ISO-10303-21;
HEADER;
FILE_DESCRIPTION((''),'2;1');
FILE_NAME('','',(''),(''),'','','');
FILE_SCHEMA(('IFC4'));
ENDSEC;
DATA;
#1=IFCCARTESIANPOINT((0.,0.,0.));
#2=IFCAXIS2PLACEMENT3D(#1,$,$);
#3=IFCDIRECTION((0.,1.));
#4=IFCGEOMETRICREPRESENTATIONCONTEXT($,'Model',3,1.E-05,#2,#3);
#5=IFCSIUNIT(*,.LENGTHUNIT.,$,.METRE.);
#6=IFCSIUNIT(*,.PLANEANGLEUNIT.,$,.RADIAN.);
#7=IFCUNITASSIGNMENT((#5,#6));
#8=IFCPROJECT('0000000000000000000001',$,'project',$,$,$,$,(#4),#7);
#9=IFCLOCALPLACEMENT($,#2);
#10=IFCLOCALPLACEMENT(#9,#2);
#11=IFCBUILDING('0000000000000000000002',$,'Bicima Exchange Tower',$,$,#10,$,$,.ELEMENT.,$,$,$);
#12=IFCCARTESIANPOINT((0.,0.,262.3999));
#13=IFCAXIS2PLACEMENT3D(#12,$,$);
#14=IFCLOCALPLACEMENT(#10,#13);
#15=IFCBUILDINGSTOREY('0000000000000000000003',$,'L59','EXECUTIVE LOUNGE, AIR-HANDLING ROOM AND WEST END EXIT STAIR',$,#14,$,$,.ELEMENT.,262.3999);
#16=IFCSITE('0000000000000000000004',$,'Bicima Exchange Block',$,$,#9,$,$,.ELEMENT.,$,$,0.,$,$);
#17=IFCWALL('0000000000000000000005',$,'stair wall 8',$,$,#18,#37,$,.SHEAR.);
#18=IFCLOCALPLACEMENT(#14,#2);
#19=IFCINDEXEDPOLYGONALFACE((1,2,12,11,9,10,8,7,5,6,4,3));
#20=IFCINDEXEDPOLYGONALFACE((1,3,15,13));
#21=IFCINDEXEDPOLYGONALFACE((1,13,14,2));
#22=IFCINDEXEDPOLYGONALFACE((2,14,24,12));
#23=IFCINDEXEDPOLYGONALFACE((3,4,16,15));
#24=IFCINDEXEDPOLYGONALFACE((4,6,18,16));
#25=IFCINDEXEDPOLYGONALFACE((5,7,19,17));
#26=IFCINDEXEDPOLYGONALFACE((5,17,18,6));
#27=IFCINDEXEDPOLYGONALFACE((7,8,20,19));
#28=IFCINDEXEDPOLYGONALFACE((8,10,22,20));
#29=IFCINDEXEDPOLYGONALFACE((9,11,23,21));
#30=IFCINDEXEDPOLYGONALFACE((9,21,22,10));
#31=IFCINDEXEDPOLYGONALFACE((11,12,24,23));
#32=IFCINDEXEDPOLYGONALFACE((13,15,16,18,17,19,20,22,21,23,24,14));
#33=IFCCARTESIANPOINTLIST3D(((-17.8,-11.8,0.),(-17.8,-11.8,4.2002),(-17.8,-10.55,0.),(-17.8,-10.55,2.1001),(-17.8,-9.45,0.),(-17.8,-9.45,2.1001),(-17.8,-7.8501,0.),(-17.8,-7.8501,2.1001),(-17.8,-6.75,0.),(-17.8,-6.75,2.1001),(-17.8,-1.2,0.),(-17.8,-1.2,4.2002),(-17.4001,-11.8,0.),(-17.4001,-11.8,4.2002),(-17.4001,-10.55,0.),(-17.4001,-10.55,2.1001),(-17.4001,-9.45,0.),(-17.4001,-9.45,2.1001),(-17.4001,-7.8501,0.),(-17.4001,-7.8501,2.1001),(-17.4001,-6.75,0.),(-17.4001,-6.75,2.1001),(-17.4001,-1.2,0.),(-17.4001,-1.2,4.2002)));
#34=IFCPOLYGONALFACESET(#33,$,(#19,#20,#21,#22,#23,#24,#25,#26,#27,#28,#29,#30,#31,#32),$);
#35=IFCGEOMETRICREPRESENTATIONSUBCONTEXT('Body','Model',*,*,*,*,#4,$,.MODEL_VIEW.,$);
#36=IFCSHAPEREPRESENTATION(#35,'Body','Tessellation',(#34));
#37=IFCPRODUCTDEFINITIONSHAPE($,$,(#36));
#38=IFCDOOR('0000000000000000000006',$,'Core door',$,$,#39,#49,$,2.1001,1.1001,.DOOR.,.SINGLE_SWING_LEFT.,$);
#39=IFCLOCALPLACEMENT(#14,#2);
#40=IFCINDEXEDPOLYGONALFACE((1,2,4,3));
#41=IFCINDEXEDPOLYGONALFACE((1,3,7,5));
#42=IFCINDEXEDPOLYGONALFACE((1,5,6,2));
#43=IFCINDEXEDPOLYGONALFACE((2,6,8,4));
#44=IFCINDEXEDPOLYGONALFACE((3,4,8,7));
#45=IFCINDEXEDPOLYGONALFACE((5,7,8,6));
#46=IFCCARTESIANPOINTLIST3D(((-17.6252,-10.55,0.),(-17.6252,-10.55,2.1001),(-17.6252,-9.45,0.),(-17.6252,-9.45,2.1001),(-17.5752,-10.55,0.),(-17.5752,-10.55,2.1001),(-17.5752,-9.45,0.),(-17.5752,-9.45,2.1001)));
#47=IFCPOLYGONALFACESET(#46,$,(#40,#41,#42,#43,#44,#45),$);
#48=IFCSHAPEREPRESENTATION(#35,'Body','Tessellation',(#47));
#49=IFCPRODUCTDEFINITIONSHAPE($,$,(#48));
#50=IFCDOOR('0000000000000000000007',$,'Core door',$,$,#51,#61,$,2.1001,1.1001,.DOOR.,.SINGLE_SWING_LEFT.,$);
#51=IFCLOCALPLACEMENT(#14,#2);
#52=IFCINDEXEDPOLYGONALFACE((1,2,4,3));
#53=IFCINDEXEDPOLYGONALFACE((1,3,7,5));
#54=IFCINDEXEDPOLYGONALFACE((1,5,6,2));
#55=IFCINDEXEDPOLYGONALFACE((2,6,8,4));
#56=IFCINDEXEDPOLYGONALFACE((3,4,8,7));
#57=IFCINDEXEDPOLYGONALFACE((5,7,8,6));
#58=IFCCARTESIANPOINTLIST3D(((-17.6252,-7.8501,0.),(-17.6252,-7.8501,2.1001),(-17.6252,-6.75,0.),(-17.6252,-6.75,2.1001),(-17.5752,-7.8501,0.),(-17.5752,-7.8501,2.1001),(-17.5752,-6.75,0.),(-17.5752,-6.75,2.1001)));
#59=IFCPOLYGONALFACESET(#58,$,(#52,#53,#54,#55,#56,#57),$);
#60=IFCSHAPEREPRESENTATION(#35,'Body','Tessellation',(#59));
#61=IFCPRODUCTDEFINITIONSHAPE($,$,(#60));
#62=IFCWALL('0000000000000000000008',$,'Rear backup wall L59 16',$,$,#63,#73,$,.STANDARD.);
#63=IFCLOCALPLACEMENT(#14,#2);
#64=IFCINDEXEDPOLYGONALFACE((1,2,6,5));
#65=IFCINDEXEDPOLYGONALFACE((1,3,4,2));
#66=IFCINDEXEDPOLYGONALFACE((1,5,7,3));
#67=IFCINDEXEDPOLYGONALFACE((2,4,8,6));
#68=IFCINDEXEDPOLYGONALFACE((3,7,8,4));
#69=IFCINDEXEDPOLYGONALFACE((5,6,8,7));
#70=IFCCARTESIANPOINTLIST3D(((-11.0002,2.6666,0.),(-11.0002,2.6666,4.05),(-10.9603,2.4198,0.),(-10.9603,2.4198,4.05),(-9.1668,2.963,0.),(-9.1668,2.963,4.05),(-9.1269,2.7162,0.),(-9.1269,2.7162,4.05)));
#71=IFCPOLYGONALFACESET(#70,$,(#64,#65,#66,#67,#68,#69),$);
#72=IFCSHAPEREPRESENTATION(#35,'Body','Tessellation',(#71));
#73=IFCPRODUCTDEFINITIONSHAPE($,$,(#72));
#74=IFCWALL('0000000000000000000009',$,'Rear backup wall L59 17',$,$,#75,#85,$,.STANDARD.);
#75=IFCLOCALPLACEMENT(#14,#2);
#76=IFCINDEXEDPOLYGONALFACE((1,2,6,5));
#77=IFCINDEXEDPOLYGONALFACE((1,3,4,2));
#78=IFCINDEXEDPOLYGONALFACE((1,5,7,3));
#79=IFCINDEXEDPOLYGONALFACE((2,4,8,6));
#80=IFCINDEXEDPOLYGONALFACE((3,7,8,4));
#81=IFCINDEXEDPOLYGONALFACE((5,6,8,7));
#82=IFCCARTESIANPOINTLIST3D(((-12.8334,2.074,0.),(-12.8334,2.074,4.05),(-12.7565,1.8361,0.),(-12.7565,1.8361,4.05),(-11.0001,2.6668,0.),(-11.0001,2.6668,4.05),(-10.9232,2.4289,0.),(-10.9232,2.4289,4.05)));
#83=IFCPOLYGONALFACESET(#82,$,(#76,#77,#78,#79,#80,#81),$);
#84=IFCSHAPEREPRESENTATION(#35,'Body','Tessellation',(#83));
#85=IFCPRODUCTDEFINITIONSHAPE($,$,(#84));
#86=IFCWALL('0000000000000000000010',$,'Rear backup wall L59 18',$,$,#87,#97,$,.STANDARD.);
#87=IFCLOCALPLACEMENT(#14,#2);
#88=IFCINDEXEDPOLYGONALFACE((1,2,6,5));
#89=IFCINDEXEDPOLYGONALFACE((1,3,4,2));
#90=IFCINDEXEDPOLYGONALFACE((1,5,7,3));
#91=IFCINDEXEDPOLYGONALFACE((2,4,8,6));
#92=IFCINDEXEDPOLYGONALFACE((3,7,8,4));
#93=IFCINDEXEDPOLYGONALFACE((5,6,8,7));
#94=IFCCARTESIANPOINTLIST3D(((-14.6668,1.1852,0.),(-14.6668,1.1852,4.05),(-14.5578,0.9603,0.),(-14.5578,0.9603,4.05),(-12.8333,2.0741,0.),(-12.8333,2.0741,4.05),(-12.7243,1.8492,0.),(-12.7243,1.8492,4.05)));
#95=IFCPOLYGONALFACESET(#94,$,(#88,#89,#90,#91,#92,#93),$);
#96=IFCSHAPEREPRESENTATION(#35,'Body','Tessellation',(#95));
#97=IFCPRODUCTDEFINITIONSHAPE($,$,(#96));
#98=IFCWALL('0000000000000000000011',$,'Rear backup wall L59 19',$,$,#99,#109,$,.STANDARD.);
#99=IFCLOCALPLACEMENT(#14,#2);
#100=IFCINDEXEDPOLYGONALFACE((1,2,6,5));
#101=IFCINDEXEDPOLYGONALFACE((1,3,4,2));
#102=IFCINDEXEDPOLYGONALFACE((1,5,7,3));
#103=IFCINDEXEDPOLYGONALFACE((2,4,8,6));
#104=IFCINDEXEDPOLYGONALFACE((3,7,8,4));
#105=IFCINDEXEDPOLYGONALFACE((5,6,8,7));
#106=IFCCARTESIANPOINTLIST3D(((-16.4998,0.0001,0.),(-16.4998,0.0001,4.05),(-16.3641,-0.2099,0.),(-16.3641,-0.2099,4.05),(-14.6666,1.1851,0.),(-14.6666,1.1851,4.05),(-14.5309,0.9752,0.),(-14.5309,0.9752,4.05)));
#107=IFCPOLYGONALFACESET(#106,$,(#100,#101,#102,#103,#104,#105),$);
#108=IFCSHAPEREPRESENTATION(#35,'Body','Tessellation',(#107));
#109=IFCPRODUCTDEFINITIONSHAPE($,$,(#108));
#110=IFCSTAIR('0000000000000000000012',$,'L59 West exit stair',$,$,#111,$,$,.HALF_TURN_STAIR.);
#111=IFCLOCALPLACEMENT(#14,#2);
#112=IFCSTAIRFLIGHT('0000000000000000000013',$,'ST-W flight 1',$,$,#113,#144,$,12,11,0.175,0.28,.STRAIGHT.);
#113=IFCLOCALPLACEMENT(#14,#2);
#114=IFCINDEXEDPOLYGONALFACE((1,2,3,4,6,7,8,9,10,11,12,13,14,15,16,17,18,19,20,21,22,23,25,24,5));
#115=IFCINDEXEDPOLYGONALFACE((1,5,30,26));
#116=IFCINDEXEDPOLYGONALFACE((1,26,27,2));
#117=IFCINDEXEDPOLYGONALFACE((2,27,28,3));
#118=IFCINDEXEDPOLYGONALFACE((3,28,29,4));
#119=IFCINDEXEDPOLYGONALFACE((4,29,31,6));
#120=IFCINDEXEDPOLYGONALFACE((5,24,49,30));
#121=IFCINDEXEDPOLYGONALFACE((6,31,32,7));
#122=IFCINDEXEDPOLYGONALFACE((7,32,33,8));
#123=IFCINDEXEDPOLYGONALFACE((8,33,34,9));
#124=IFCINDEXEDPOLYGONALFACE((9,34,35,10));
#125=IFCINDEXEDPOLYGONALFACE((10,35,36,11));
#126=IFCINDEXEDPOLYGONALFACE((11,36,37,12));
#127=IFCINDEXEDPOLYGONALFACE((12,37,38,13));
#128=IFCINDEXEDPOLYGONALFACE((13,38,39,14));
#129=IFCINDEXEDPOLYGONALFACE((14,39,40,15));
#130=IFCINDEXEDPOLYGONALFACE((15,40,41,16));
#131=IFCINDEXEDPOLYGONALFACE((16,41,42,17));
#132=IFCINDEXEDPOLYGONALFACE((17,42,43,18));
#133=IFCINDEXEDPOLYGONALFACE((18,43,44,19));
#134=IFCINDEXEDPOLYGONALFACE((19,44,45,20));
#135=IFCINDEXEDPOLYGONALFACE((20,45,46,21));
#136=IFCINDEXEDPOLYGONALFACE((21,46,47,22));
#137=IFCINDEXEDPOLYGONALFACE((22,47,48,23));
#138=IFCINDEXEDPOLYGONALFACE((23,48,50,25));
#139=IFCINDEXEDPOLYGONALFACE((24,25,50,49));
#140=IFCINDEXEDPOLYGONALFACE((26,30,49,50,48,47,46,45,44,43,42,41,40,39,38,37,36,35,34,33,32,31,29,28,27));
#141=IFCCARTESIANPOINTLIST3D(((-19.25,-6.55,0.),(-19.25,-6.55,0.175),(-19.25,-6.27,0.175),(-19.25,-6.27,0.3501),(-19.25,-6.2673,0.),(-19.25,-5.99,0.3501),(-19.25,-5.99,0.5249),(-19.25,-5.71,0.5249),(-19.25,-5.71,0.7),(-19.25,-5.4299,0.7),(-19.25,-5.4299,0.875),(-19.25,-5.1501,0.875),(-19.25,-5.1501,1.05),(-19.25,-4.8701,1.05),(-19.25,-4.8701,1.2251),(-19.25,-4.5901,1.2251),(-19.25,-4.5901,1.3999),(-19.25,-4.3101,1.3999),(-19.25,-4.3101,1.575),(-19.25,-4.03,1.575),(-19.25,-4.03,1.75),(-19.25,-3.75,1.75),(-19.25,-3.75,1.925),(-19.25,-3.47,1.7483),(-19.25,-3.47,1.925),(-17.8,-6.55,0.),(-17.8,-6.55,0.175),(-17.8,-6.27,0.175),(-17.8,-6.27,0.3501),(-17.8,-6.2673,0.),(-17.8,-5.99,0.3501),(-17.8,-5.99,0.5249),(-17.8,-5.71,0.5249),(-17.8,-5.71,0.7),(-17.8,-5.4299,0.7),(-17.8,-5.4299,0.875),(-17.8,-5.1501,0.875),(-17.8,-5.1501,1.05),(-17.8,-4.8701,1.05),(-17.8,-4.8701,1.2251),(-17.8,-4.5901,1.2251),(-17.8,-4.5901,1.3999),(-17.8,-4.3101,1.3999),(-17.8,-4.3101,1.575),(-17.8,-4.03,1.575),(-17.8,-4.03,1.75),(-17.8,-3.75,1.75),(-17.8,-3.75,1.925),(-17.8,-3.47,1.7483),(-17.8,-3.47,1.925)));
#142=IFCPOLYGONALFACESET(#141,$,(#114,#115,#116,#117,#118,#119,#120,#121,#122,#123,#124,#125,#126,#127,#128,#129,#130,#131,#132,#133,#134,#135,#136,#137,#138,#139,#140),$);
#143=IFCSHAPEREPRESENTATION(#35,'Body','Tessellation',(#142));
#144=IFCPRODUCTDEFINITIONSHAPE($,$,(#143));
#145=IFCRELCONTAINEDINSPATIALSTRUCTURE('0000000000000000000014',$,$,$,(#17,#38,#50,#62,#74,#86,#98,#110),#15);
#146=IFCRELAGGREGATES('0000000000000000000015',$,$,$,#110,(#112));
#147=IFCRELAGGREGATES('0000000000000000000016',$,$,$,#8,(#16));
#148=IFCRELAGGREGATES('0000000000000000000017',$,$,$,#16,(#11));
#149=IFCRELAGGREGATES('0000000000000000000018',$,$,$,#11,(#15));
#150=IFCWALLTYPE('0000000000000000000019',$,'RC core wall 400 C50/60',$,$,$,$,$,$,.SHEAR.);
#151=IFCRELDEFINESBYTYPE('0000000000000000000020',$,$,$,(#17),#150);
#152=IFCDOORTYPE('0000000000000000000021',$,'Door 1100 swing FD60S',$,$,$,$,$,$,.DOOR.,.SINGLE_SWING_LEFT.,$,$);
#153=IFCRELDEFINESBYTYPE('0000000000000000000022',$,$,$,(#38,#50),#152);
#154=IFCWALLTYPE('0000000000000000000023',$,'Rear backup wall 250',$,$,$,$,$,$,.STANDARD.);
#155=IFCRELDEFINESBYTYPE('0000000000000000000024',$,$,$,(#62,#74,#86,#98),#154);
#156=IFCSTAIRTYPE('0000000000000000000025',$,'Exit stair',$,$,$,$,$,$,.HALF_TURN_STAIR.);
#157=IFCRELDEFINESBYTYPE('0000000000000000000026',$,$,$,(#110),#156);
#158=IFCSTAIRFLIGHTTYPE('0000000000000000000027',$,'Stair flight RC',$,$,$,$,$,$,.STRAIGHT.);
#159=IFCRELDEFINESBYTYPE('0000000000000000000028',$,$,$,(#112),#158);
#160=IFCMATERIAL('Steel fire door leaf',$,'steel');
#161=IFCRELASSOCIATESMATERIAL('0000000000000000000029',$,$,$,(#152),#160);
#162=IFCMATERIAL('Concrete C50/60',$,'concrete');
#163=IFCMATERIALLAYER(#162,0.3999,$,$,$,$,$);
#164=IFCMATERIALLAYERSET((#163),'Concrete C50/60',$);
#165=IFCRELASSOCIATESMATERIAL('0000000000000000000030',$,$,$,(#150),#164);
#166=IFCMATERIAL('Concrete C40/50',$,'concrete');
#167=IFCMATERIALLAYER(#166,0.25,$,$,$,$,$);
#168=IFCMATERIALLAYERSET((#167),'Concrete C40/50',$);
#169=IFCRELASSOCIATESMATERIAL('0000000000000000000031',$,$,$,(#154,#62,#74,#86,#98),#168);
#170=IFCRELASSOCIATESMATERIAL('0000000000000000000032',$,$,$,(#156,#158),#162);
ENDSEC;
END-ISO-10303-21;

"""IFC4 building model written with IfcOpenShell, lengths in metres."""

from ifc_helpers import new_model, si_unit, direction, frame, frame_2d, origin, place, context, subcontext, project, spatial, polyline, rectangle, outline, extrude, material, layer, layer_set, layer_usage, type_object, element, fill, aggregate, save


model = new_model("IFC4")

# Units and contexts
model_context = context("Model", 3, precision=1e-05, world=origin(), true_north=direction((0.0, 1.0)))
body_context = subcontext(model_context, "Body", "Model", "MODEL_VIEW")
ifc_project = project(units=[si_unit("LENGTHUNIT", "METRE"), si_unit("PLANEANGLEUNIT", "RADIAN")], contexts=[model_context])

# Site, building, storey
site_placement = place(None, origin())
site = spatial("IfcSite", under=ifc_project, at=site_placement, Name="Bicima Exchange Block", CompositionType="ELEMENT", RefElevation=0.0)
building_placement = place(site_placement, origin())
building = spatial("IfcBuilding", under=site, at=building_placement, Name="Bicima Exchange Tower", CompositionType="ELEMENT")
storey_placement = place(building_placement, frame((0.0, 0.0, 262.3999)))
storey = spatial("IfcBuildingStorey", under=building, at=storey_placement, Name="L59", Description="EXECUTIVE LOUNGE, AIR-HANDLING ROOM AND WEST END EXIT STAIR", CompositionType="ELEMENT", Elevation=262.3999)

# Shared definitions
ifc_material_1 = material(Name="Concrete C40/50", Category="concrete")

# Shared definitions
ifc_material_2 = material(Name="Steel fire door leaf", Category="steel")

# Shared definitions
door_type_1 = type_object("IfcDoorType", Name="Door 1100 swing FD60S", OperationType="SINGLE_SWING_LEFT", PredefinedType="DOOR", material=ifc_material_2)

# Wall, openings, doors
ifc_material_3 = material(Name="Concrete C50/60", Category="concrete")
ifc_layer_1 = layer(ifc_material_3, 0.3999)
ifc_layer_set_1 = layer_set([ifc_layer_1], Name="Concrete C50/60")
wall_type_1 = type_object("IfcWallType", Name="RC core wall 400 C50/60", PredefinedType="SHEAR", material=ifc_layer_set_1)
wall_1_placement = place(storey_placement, frame((-17.6001, -11.8, 0.0), z_axis=(0.0, 0.0, 1.0), x_axis=(0.0, 1.0, 0.0)))
wall_1 = element("IfcWall", 1, at=wall_1_placement, inside=storey, type_object=wall_type_1, Name="stair wall 8", PredefinedType="SHEAR", context=body_context, shape_type="SweptSolid", body=[
    extrude(rectangle(XDim=10.6001, YDim=0.3999, at=frame_2d((5.3, 0.0))), origin(), (0.0, 0.0, 1.0), 4.2002),
])
opening_1_placement = place(wall_1_placement, frame((1.25, 0.0, 0.0)))
opening_1 = element("IfcOpeningElement", 2, at=opening_1_placement, cuts=wall_1, PredefinedType="OPENING", context=body_context, shape_type="SweptSolid", body=[
    extrude(rectangle(XDim=1.1001, YDim=2.1001, at=frame_2d((0.55, 1.05))), frame((0.0, 0.2119, 0.0), z_axis=(0.0, -1.0, 0.0), x_axis=(1.0, 0.0, 0.0)), (0.0, 0.0, 1.0), 0.4238),
])
opening_2_placement = place(wall_1_placement, frame((3.95, 0.0, 0.0)))
opening_2 = element("IfcOpeningElement", 3, at=opening_2_placement, cuts=wall_1, PredefinedType="OPENING", context=body_context, shape_type="SweptSolid", body=[
    extrude(rectangle(XDim=1.1001, YDim=2.1001, at=frame_2d((0.55, 1.05))), frame((0.0, 0.2119, 0.0), z_axis=(0.0, -1.0, 0.0), x_axis=(1.0, 0.0, 0.0)), (0.0, 0.0, 1.0), 0.4238),
])
door_1_placement = place(opening_1_placement, frame((1.1001, 0.0, 0.0), z_axis=(0.0, 0.0, 1.0), x_axis=(-1.0, 0.0, 0.0)))
door_1 = element("IfcDoor", 4, at=door_1_placement, inside=storey, type_object=door_type_1, Name="Core door", OperationType="SINGLE_SWING_LEFT", OverallHeight=2.1001, OverallWidth=1.1001, PredefinedType="DOOR", context=body_context, shape_type="SweptSolid", body=[
    extrude(rectangle(XDim=1.1001, YDim=2.1001, at=frame_2d((0.55, 1.05))), frame((0.0, 0.0249, 0.0), z_axis=(0.0, -1.0, 0.0), x_axis=(1.0, 0.0, 0.0)), (0.0, 0.0, 1.0), 0.05),
])
fill(opening_1, door_1)
door_2_placement = place(opening_2_placement, frame((1.1001, 0.0, 0.0), z_axis=(0.0, 0.0, 1.0), x_axis=(-1.0, 0.0, 0.0)))
door_2 = element("IfcDoor", 5, at=door_2_placement, inside=storey, type_object=door_type_1, Name="Core door", OperationType="SINGLE_SWING_LEFT", OverallHeight=2.1001, OverallWidth=1.1001, PredefinedType="DOOR", context=body_context, shape_type="SweptSolid", body=[
    extrude(rectangle(XDim=1.1001, YDim=2.1001, at=frame_2d((0.55, 1.05))), frame((0.0, 0.0249, 0.0), z_axis=(0.0, -1.0, 0.0), x_axis=(1.0, 0.0, 0.0)), (0.0, 0.0, 1.0), 0.05),
])
fill(opening_2, door_2)

# Walls
ifc_layer_2 = layer(ifc_material_1, 0.25)
ifc_layer_set_2 = layer_set([ifc_layer_2], Name="Concrete C40/50")
ifc_layer_usage = layer_usage(ifc_layer_set_2, "AXIS2", "POSITIVE", -0.125)
wall_type_2 = type_object("IfcWallType", Name="Rear backup wall 250", PredefinedType="STANDARD", material=ifc_layer_set_2)
wall_2_placement = place(storey_placement, frame((-9.1467, 2.8396, 0.0), z_axis=(0.0, 0.0, 1.0), x_axis=(-0.987182, -0.1596, 0.0)))
element("IfcWall", 6, at=wall_2_placement, inside=storey, type_object=wall_type_2, material=ifc_layer_usage, Name="Rear backup wall L59 16", PredefinedType="STANDARD", context=body_context, shape_type="SweptSolid", body=[
    extrude(rectangle(XDim=1.8572, YDim=0.25, at=frame_2d((0.9287, 0.0))), origin(), (0.0, 0.0, 1.0), 4.05),
])
wall_3_placement = place(storey_placement, frame((-10.9617, 2.5479, 0.0), z_axis=(0.0, 0.0, 1.0), x_axis=(-0.951496, -0.307662, 0.0)))
element("IfcWall", 7, at=wall_3_placement, inside=storey, type_object=wall_type_2, material=ifc_layer_usage, Name="Rear backup wall L59 17", PredefinedType="STANDARD", context=body_context, shape_type="SweptSolid", body=[
    extrude(rectangle(XDim=1.9268, YDim=0.25, at=frame_2d((0.9634, 0.0))), origin(), (0.0, 0.0, 1.0), 4.05),
])
wall_4_placement = place(storey_placement, frame((-12.7788, 1.9617, 0.0), z_axis=(0.0, 0.0, 1.0), x_axis=(-0.899824, -0.436253, 0.0)))
element("IfcWall", 8, at=wall_4_placement, inside=storey, type_object=wall_type_2, material=ifc_layer_usage, Name="Rear backup wall L59 18", PredefinedType="STANDARD", context=body_context, shape_type="SweptSolid", body=[
    extrude(rectangle(XDim=2.0376, YDim=0.25, at=frame_2d((1.0188, 0.0))), origin(), (0.0, 0.0, 1.0), 4.05),
])
wall_5_placement = place(storey_placement, frame((-14.5989, 1.0801, 0.0), z_axis=(0.0, 0.0, 1.0), x_axis=(-0.839813, -0.542876, 0.0)))
element("IfcWall", 9, at=wall_5_placement, inside=storey, type_object=wall_type_2, material=ifc_layer_usage, Name="Rear backup wall L59 19", PredefinedType="STANDARD", context=body_context, shape_type="SweptSolid", body=[
    extrude(rectangle(XDim=2.1829, YDim=0.25, at=frame_2d((1.0913, 0.0))), origin(), (0.0, 0.0, 1.0), 4.05),
])

# Stair, stair flight
stair_type = type_object("IfcStairType", Name="Exit stair", PredefinedType="HALF_TURN_STAIR", material=ifc_material_3)
stair_placement = place(storey_placement, origin())
stair = element("IfcStair", 10, at=stair_placement, inside=storey, type_object=stair_type, Name="L59 West exit stair", PredefinedType="HALF_TURN_STAIR")
stair_flight_type = type_object("IfcStairFlightType", Name="Stair flight RC", PredefinedType="STRAIGHT", material=ifc_material_3)
stair_flight_1_placement = place(storey_placement, frame((-18.5249, -6.55, 0.0), z_axis=(0.0, 0.0, 1.0), x_axis=(0.0, 1.0, 0.0)))
stair_flight_1 = element("IfcStairFlight", 11, at=stair_flight_1_placement, type_object=stair_flight_type, Name="ST-W flight 1", NumberOfRisers=12, NumberOfTreads=11, PredefinedType="STRAIGHT", RiserHeight=0.175, TreadLength=0.28, context=body_context, shape_type="SweptSolid", body=[
    extrude(outline(polyline([(0.0, 0.0), (0.0, 0.175), (0.28, 0.175), (0.28, 0.3501), (0.5601, 0.3501), (0.5601, 0.5249), (0.8401, 0.5249), (0.8401, 0.7), (1.1201, 0.7), (1.1201, 0.875), (1.3999, 0.875), (1.3999, 1.05), (1.6799, 1.05), (1.6799, 1.2251), (1.96, 1.2251), (1.96, 1.3999), (2.24, 1.3999), (2.24, 1.575), (2.52, 1.575), (2.52, 1.75), (2.8, 1.75), (2.8, 1.925), (3.0801, 1.925), (3.0801, 2.1001), (3.0801, 1.7483), (0.2827, 0.0), (0.0, 0.0)])), frame((0.0, 0.7251, 0.0), z_axis=(0.0, -1.0, 0.0), x_axis=(1.0, 0.0, 0.0)), (0.0, 0.0, 1.0), 1.45),
])
aggregate(stair, [stair_flight_1])

save(model, "model.ifc")
